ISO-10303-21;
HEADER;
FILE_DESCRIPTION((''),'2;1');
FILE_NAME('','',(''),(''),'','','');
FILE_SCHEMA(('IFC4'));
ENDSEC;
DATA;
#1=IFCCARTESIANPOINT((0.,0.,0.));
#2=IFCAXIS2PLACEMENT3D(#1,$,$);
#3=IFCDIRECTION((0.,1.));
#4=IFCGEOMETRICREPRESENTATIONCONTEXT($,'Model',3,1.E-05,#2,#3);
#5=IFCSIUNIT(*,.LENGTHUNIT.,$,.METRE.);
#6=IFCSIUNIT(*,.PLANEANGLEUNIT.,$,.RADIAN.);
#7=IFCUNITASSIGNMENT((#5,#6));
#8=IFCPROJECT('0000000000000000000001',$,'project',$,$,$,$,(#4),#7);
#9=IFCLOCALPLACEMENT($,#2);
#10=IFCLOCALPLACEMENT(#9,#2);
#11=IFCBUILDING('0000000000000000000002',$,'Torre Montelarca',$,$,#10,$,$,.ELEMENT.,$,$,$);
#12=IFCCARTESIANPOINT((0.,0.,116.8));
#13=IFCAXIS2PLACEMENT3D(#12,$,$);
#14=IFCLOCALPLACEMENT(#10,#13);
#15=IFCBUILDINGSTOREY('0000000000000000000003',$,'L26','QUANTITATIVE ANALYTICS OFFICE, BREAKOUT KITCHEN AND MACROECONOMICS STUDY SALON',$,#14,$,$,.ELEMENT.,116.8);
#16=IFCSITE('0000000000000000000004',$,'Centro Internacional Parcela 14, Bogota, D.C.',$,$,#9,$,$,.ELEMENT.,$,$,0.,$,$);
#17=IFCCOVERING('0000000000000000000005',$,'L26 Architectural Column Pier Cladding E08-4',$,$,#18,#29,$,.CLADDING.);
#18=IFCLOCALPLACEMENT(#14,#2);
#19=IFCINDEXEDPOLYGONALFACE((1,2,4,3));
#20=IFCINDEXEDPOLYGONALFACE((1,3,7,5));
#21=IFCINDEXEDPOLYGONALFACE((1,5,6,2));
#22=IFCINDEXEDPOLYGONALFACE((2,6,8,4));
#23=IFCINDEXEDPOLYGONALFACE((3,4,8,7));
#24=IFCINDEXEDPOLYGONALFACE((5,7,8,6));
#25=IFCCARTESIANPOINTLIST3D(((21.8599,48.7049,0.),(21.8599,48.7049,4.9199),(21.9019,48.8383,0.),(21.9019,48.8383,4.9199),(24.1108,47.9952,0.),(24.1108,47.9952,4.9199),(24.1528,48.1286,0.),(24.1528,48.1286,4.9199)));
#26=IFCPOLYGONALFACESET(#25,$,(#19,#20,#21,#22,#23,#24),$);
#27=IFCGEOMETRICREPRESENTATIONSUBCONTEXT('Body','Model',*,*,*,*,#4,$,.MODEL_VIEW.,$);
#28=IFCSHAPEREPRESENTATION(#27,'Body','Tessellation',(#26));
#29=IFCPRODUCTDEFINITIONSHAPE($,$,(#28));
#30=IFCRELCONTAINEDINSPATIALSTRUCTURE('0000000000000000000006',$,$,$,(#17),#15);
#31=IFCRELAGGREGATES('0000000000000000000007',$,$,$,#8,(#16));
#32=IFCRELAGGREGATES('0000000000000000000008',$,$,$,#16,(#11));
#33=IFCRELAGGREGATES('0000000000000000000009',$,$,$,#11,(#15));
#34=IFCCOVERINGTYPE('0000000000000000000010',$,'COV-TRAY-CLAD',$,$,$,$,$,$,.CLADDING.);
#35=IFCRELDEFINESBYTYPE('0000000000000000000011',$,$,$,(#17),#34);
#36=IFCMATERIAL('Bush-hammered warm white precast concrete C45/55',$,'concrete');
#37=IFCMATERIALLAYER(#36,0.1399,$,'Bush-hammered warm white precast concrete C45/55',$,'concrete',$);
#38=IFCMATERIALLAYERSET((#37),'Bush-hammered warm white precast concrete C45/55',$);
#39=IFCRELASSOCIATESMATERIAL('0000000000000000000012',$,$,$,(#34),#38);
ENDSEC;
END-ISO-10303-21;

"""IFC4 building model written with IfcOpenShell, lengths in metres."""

from ifc_helpers import new_model, si_unit, direction, frame, origin, origin_2d, place, context, subcontext, project, spatial, rectangle, extrude, source, transform, mapped, material, layer, layer_set, type_object, element, save


model = new_model("IFC4")

# Units and contexts
model_context = context("Model", 3, precision=1e-05, world=origin(), true_north=direction((0.0, 1.0)))
body_context = subcontext(model_context, "Body", "Model", "MODEL_VIEW")
ifc_project = project(units=[si_unit("LENGTHUNIT", "METRE"), si_unit("PLANEANGLEUNIT", "RADIAN")], contexts=[model_context])

# Site, building, storey
site_placement = place(None, origin())
site = spatial("IfcSite", under=ifc_project, at=site_placement, Name="Centro Internacional Parcela 14, Bogota, D.C.", CompositionType="ELEMENT", RefElevation=0.0)
building_placement = place(site_placement, origin())
building = spatial("IfcBuilding", under=site, at=building_placement, Name="Torre Montelarca", CompositionType="ELEMENT")
storey_placement = place(building_placement, frame((0.0, 0.0, 116.8)))
storey = spatial("IfcBuildingStorey", under=building, at=storey_placement, Name="L26", Description="QUANTITATIVE ANALYTICS OFFICE, BREAKOUT KITCHEN AND MACROECONOMICS STUDY SALON", CompositionType="ELEMENT", Elevation=116.8)

# Covering
ifc_material_1 = material(Name="Bush-hammered warm white precast concrete C45/55", Category="concrete")
ifc_layer_1 = layer(ifc_material_1, 0.1399, Name="Bush-hammered warm white precast concrete C45/55", Category="concrete")
ifc_layer_set_1 = layer_set([ifc_layer_1], Name="Bush-hammered warm white precast concrete C45/55")
covering_type = type_object("IfcCoveringType", Name="COV-TRAY-CLAD", PredefinedType="CLADDING", material=ifc_layer_set_1)
shared_shape_1 = source(origin(), body_context, "Body", "SweptSolid", [
    extrude(rectangle(XDim=2.3601, YDim=0.1399, at=origin_2d()), origin(), (0.0, 0.0, 1.0), 4.9199),
])
for number, where, z_axis, x_axis, name in (
    (1, (23.0063, 48.4167, 0.0), (0.0, 0.0, 1.0), (-0.953717, 0.300704, 0.0), "L26 Architectural Column Pier Cladding E08-4"),
):
    element("IfcCovering", number, at=place(storey_placement, frame(where, z_axis=z_axis, x_axis=x_axis)), inside=storey, type_object=covering_type, Name=name, PredefinedType="CLADDING", context=body_context, shape_type="MappedRepresentation", body=[
        mapped(shared_shape_1, transform((0.0, 0.0, 0.0), scale=1.0)),
    ])

save(model, "model.ifc")
